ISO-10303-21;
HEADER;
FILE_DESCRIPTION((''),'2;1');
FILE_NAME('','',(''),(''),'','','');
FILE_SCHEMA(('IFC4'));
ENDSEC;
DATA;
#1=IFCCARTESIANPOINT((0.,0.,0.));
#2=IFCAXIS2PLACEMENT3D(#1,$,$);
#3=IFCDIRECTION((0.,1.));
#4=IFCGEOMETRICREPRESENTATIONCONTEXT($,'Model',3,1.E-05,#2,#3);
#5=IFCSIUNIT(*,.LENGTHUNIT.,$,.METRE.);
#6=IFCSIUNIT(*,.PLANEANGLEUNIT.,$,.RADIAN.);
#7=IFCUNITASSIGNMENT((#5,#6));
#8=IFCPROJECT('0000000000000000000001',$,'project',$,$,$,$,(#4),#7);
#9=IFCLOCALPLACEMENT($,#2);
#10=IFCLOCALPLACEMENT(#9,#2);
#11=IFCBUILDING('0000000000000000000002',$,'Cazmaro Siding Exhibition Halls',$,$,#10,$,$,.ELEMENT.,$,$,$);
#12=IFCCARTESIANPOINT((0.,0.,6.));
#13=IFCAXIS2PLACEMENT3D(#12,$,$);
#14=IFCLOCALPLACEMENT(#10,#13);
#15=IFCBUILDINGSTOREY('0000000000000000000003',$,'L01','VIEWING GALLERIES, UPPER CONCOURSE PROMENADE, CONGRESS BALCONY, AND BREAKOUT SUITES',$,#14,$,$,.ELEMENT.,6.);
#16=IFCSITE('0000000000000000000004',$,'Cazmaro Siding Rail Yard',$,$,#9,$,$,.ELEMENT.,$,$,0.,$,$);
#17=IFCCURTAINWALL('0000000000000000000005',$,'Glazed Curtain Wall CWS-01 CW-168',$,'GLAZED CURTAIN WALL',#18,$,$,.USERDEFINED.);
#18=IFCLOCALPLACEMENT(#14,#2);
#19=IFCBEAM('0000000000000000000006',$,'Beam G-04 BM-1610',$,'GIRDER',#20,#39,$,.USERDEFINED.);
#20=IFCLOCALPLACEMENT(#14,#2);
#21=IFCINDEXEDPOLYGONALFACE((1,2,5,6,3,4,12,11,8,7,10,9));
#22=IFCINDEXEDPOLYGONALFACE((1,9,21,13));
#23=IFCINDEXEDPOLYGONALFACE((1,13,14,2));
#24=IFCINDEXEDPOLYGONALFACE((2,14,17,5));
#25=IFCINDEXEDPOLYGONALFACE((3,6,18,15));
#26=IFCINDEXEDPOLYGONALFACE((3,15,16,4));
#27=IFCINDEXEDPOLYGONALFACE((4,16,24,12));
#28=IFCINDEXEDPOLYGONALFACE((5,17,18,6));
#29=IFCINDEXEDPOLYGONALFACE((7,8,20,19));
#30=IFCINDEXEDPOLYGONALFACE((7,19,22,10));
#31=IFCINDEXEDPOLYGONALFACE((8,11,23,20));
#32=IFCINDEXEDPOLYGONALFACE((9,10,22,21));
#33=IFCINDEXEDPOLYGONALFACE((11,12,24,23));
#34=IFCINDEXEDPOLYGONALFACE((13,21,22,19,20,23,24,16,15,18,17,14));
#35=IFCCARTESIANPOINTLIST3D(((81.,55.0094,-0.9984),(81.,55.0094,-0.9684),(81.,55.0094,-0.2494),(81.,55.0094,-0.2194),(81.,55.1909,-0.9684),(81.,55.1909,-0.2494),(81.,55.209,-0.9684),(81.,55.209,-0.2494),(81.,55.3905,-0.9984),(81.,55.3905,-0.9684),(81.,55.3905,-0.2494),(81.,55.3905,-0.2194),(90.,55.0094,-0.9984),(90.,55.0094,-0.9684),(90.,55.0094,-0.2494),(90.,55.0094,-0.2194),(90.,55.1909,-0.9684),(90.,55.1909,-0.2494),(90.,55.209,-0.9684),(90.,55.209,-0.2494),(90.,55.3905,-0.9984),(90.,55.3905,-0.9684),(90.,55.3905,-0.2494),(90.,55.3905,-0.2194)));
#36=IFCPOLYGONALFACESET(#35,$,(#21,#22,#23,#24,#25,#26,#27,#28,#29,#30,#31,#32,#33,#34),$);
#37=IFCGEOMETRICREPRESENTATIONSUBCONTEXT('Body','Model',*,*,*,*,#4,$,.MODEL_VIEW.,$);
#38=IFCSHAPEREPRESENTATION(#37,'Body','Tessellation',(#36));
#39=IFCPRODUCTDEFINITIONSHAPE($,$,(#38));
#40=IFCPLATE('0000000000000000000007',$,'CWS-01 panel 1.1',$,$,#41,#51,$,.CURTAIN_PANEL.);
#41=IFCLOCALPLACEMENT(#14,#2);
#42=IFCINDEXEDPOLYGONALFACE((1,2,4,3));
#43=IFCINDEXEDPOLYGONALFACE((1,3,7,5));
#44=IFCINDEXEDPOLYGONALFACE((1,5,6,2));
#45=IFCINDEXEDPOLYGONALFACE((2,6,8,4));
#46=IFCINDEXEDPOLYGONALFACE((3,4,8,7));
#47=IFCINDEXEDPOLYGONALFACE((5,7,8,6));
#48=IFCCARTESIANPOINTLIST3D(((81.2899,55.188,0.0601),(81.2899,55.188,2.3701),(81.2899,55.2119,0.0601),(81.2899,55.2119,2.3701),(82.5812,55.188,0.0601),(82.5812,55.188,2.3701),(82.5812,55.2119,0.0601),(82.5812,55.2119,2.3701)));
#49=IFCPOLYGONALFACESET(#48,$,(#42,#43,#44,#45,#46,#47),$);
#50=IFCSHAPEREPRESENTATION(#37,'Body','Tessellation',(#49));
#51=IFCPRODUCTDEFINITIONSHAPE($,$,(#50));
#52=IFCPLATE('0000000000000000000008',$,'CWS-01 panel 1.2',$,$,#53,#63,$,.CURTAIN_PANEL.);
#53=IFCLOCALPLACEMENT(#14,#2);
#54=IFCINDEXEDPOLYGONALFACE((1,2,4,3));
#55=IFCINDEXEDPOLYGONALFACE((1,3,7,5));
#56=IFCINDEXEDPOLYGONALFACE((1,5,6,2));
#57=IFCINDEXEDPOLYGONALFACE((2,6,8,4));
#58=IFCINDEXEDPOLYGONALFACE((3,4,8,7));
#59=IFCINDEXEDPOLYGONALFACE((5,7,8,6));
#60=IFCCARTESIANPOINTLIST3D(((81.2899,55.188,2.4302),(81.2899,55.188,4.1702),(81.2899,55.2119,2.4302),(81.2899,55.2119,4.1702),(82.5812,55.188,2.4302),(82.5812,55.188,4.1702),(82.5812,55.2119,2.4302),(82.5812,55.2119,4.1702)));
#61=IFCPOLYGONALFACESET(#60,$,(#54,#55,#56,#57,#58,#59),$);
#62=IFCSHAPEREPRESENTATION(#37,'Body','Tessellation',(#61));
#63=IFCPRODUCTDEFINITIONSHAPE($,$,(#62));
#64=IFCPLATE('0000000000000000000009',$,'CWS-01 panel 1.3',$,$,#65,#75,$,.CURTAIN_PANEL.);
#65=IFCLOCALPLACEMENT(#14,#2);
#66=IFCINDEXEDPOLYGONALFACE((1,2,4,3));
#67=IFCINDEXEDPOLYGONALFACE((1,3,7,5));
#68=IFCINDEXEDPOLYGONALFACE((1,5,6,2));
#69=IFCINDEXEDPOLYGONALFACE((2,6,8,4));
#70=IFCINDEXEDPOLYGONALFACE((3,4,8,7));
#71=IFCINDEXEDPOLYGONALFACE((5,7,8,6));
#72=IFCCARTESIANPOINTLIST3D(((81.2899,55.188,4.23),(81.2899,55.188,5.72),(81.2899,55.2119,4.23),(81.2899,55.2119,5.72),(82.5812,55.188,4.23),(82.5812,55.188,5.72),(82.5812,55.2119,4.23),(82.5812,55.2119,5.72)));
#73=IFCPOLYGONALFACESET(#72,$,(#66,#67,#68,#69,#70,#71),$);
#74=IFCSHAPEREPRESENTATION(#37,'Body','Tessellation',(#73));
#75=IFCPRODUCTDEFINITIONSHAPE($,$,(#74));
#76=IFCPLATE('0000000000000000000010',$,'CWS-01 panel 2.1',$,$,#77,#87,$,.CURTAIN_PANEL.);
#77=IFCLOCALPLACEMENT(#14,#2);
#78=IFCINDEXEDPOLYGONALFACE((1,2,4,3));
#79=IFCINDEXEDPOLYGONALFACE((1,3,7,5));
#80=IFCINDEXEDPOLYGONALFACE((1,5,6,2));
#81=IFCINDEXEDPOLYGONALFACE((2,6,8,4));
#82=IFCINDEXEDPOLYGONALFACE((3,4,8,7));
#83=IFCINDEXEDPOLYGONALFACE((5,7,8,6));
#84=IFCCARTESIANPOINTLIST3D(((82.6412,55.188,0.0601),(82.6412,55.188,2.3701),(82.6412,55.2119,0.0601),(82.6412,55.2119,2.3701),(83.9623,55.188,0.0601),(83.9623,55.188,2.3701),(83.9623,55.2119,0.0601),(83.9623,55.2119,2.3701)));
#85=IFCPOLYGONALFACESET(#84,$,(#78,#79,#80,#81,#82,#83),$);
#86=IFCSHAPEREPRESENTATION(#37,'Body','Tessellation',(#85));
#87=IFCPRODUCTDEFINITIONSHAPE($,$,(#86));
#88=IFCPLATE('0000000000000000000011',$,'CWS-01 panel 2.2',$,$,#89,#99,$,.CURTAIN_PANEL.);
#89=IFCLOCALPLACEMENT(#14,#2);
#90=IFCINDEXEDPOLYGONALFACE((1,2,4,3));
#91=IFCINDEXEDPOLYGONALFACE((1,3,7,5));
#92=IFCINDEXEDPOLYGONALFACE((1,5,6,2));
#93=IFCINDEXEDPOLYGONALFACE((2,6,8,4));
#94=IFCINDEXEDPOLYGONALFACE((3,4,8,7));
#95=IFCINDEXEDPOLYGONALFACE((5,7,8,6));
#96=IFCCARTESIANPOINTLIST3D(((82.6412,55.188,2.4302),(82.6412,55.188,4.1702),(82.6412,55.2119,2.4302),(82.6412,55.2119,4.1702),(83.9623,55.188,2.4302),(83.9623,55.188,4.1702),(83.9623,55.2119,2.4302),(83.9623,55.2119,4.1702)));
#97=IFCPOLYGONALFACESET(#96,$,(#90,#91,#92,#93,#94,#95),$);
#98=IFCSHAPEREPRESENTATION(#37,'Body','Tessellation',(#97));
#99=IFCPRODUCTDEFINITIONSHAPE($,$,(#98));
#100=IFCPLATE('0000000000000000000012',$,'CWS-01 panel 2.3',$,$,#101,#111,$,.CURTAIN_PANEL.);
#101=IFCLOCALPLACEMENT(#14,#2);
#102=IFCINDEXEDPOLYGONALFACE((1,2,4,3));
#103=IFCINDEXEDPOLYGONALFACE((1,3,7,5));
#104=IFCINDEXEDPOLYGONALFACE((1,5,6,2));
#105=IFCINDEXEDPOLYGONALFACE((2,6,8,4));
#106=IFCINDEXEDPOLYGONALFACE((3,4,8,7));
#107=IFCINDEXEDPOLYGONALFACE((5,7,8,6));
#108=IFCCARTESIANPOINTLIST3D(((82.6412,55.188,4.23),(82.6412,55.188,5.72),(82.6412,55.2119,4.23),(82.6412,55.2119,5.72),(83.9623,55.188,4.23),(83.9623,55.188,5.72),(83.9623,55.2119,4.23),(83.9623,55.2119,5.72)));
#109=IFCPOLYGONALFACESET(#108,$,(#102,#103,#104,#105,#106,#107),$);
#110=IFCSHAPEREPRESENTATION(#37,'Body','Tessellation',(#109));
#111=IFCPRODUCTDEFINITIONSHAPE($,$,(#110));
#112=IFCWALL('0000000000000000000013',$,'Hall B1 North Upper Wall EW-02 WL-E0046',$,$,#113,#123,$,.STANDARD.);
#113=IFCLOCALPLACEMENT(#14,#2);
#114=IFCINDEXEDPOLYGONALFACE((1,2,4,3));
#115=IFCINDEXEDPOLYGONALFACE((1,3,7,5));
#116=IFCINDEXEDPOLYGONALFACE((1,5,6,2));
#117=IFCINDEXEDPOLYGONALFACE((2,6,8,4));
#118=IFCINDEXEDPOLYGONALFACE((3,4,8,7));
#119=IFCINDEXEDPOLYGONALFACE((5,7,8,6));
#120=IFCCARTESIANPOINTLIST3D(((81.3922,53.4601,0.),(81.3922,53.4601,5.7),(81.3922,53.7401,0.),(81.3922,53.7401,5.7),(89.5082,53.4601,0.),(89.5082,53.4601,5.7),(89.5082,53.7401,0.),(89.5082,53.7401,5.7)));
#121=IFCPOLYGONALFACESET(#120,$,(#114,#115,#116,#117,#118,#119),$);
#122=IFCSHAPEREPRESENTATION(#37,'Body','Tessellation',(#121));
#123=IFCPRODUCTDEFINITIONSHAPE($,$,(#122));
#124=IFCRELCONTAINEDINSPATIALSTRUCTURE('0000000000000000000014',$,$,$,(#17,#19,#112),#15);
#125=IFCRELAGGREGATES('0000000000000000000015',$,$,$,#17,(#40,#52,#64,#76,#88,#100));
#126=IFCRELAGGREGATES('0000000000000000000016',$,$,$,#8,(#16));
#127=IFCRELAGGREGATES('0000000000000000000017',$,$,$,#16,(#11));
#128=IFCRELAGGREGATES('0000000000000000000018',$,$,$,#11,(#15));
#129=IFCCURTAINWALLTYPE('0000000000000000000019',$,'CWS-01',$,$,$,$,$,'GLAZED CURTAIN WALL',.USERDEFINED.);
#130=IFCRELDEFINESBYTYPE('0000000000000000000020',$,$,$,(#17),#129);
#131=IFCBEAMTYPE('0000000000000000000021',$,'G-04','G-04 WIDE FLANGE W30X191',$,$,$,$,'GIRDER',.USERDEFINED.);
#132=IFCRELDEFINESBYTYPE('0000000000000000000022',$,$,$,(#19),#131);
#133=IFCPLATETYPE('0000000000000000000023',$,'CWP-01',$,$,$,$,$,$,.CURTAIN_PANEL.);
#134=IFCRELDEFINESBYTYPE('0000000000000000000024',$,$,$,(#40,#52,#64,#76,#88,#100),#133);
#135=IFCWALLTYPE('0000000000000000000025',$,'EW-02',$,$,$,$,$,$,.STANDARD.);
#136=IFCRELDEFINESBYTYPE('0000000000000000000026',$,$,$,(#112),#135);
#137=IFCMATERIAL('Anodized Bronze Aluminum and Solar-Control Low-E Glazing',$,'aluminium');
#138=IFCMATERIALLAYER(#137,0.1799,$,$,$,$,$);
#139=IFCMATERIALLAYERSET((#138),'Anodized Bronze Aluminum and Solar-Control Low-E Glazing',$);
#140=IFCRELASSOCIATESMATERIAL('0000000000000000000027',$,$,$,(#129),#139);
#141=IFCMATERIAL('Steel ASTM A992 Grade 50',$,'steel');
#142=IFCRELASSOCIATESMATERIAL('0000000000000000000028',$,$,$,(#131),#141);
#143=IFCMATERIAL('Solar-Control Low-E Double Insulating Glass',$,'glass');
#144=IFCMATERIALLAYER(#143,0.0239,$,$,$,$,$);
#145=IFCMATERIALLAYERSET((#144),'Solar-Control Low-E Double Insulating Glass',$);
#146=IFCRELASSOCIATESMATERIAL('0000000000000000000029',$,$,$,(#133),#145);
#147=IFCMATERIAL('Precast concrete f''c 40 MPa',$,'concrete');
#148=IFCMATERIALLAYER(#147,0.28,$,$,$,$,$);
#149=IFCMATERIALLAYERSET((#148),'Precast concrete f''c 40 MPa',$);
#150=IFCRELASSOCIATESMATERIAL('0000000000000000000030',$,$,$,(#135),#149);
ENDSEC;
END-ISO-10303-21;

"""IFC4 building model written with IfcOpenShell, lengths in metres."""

from ifc_helpers import new_model, si_unit, direction, frame, frame_2d, origin, origin_2d, place, context, subcontext, project, spatial, rectangle, i_section, extrude, material, layer, layer_set, material_profile, profile_set, type_object, element, aggregate, save


model = new_model("IFC4")

# Units and contexts
model_context = context("Model", 3, precision=1e-05, world=origin(), true_north=direction((0.0, 1.0)))
body_context = subcontext(model_context, "Body", "Model", "MODEL_VIEW")
ifc_project = project(units=[si_unit("LENGTHUNIT", "METRE"), si_unit("PLANEANGLEUNIT", "RADIAN")], contexts=[model_context])

# Site, building, storey
site_placement = place(None, origin())
site = spatial("IfcSite", under=ifc_project, at=site_placement, Name="Cazmaro Siding Rail Yard", CompositionType="ELEMENT", RefElevation=0.0)
building_placement = place(site_placement, origin())
building = spatial("IfcBuilding", under=site, at=building_placement, Name="Cazmaro Siding Exhibition Halls", CompositionType="ELEMENT")
storey_placement = place(building_placement, frame((0.0, 0.0, 6.0)))
storey = spatial("IfcBuildingStorey", under=building, at=storey_placement, Name="L01", Description="VIEWING GALLERIES, UPPER CONCOURSE PROMENADE, CONGRESS BALCONY, AND BREAKOUT SUITES", CompositionType="ELEMENT", Elevation=6.0)

# Curtain wall
ifc_material_1 = material(Name="Anodized Bronze Aluminum and Solar-Control Low-E Glazing", Category="aluminium")
ifc_layer_1 = layer(ifc_material_1, 0.1799)
ifc_layer_set_1 = layer_set([ifc_layer_1], Name="Anodized Bronze Aluminum and Solar-Control Low-E Glazing")
curtain_wall_type = type_object("IfcCurtainWallType", Name="CWS-01", ElementType="GLAZED CURTAIN WALL", PredefinedType="USERDEFINED", material=ifc_layer_set_1)
curtain_wall_placement = place(storey_placement, origin())
curtain_wall = element("IfcCurtainWall", 1, at=curtain_wall_placement, inside=storey, type_object=curtain_wall_type, Name="Glazed Curtain Wall CWS-01 CW-168", ObjectType="GLAZED CURTAIN WALL", PredefinedType="USERDEFINED")

# Beam
ifc_material_2 = material(Name="Steel ASTM A992 Grade 50", Category="steel")
ifc_material_profile_1 = material_profile(ifc_material_2, i_section(OverallWidth=0.3811, OverallDepth=0.7791, WebThickness=0.0181, FlangeThickness=0.03, at=origin_2d()), Name="W30X191")
ifc_profile_set_1 = profile_set([ifc_material_profile_1], Name="Steel ASTM A992 Grade 50")
beam_type_1 = type_object("IfcBeamType", Name="G-04", Description="G-04 WIDE FLANGE W30X191", ElementType="GIRDER", PredefinedType="USERDEFINED", material=ifc_profile_set_1)
beam_1_placement = place(storey_placement, frame((81.0, 55.2, -0.6089), z_axis=(1.0, 0.0, 0.0), x_axis=(0.0, 1.0, 0.0)))
element("IfcBeam", 2, at=beam_1_placement, inside=storey, type_object=beam_type_1, Name="Beam G-04 BM-1610", ObjectType="GIRDER", PredefinedType="USERDEFINED", context=body_context, shape_type="SweptSolid", body=[
    extrude(i_section(OverallWidth=0.3811, OverallDepth=0.7791, WebThickness=0.0181, FlangeThickness=0.03, at=origin_2d()), origin(), (0.0, 0.0, 1.0), 9.0),
])

# Plates
ifc_material_3 = material(Name="Solar-Control Low-E Double Insulating Glass", Category="glass")
ifc_layer_2 = layer(ifc_material_3, 0.0239)
ifc_layer_set_2 = layer_set([ifc_layer_2], Name="Solar-Control Low-E Double Insulating Glass")
plate_type = type_object("IfcPlateType", Name="CWP-01", PredefinedType="CURTAIN_PANEL", material=ifc_layer_set_2)
plate_1_placement = place(storey_placement, frame((81.9355, 55.2, 0.0601), z_axis=(0.0, 0.0, 1.0), x_axis=(1.0, 0.0, 0.0)))
plate_1 = element("IfcPlate", 3, at=plate_1_placement, type_object=plate_type, Name="CWS-01 panel 1.1", PredefinedType="CURTAIN_PANEL", context=body_context, shape_type="SweptSolid", body=[
    extrude(rectangle(XDim=1.2913, YDim=0.0239, at=origin_2d()), origin(), (0.0, 0.0, 1.0), 2.3101),
])
plate_2_placement = place(storey_placement, frame((81.9355, 55.2, 2.4302), z_axis=(0.0, 0.0, 1.0), x_axis=(1.0, 0.0, 0.0)))
plate_2 = element("IfcPlate", 4, at=plate_2_placement, type_object=plate_type, Name="CWS-01 panel 1.2", PredefinedType="CURTAIN_PANEL", context=body_context, shape_type="SweptSolid", body=[
    extrude(rectangle(XDim=1.2913, YDim=0.0239, at=origin_2d()), origin(), (0.0, 0.0, 1.0), 1.74),
])
plate_3_placement = place(storey_placement, frame((81.9355, 55.2, 4.23), z_axis=(0.0, 0.0, 1.0), x_axis=(1.0, 0.0, 0.0)))
plate_3 = element("IfcPlate", 5, at=plate_3_placement, type_object=plate_type, Name="CWS-01 panel 1.3", PredefinedType="CURTAIN_PANEL", context=body_context, shape_type="SweptSolid", body=[
    extrude(rectangle(XDim=1.2913, YDim=0.0239, at=origin_2d()), origin(), (0.0, 0.0, 1.0), 1.49),
])
plate_4_placement = place(storey_placement, frame((83.3018, 55.2, 0.0601), z_axis=(0.0, 0.0, 1.0), x_axis=(1.0, 0.0, 0.0)))
plate_4 = element("IfcPlate", 6, at=plate_4_placement, type_object=plate_type, Name="CWS-01 panel 2.1", PredefinedType="CURTAIN_PANEL", context=body_context, shape_type="SweptSolid", body=[
    extrude(rectangle(XDim=1.321, YDim=0.0239, at=origin_2d()), origin(), (0.0, 0.0, 1.0), 2.3101),
])
plate_5_placement = place(storey_placement, frame((83.3018, 55.2, 2.4302), z_axis=(0.0, 0.0, 1.0), x_axis=(1.0, 0.0, 0.0)))
plate_5 = element("IfcPlate", 7, at=plate_5_placement, type_object=plate_type, Name="CWS-01 panel 2.2", PredefinedType="CURTAIN_PANEL", context=body_context, shape_type="SweptSolid", body=[
    extrude(rectangle(XDim=1.321, YDim=0.0239, at=origin_2d()), origin(), (0.0, 0.0, 1.0), 1.74),
])
plate_6_placement = place(storey_placement, frame((83.3018, 55.2, 4.23), z_axis=(0.0, 0.0, 1.0), x_axis=(1.0, 0.0, 0.0)))
plate_6 = element("IfcPlate", 8, at=plate_6_placement, type_object=plate_type, Name="CWS-01 panel 2.3", PredefinedType="CURTAIN_PANEL", context=body_context, shape_type="SweptSolid", body=[
    extrude(rectangle(XDim=1.321, YDim=0.0239, at=origin_2d()), origin(), (0.0, 0.0, 1.0), 1.49),
])
aggregate(curtain_wall, [plate_1, plate_2, plate_3, plate_4, plate_5, plate_6])

# Wall
ifc_material_4 = material(Name="Precast concrete f'c 40 MPa", Category="concrete")
ifc_layer_3 = layer(ifc_material_4, 0.28)
ifc_layer_set_3 = layer_set([ifc_layer_3], Name="Precast concrete f'c 40 MPa")
wall_type = type_object("IfcWallType", Name="EW-02", PredefinedType="STANDARD", material=ifc_layer_set_3)
wall_placement = place(storey_placement, frame((81.3921, 53.6001, 0.0), z_axis=(0.0, 0.0, 1.0), x_axis=(1.0, 0.0, 0.0)))
element("IfcWall", 9, at=wall_placement, inside=storey, type_object=wall_type, Name="Hall B1 North Upper Wall EW-02 WL-E0046", PredefinedType="STANDARD", context=body_context, shape_type="SweptSolid", body=[
    extrude(rectangle(XDim=8.116, YDim=0.28, at=frame_2d((4.0581, 0.0))), origin(), (0.0, 0.0, 1.0), 5.7),
])

save(model, "model.ifc")
